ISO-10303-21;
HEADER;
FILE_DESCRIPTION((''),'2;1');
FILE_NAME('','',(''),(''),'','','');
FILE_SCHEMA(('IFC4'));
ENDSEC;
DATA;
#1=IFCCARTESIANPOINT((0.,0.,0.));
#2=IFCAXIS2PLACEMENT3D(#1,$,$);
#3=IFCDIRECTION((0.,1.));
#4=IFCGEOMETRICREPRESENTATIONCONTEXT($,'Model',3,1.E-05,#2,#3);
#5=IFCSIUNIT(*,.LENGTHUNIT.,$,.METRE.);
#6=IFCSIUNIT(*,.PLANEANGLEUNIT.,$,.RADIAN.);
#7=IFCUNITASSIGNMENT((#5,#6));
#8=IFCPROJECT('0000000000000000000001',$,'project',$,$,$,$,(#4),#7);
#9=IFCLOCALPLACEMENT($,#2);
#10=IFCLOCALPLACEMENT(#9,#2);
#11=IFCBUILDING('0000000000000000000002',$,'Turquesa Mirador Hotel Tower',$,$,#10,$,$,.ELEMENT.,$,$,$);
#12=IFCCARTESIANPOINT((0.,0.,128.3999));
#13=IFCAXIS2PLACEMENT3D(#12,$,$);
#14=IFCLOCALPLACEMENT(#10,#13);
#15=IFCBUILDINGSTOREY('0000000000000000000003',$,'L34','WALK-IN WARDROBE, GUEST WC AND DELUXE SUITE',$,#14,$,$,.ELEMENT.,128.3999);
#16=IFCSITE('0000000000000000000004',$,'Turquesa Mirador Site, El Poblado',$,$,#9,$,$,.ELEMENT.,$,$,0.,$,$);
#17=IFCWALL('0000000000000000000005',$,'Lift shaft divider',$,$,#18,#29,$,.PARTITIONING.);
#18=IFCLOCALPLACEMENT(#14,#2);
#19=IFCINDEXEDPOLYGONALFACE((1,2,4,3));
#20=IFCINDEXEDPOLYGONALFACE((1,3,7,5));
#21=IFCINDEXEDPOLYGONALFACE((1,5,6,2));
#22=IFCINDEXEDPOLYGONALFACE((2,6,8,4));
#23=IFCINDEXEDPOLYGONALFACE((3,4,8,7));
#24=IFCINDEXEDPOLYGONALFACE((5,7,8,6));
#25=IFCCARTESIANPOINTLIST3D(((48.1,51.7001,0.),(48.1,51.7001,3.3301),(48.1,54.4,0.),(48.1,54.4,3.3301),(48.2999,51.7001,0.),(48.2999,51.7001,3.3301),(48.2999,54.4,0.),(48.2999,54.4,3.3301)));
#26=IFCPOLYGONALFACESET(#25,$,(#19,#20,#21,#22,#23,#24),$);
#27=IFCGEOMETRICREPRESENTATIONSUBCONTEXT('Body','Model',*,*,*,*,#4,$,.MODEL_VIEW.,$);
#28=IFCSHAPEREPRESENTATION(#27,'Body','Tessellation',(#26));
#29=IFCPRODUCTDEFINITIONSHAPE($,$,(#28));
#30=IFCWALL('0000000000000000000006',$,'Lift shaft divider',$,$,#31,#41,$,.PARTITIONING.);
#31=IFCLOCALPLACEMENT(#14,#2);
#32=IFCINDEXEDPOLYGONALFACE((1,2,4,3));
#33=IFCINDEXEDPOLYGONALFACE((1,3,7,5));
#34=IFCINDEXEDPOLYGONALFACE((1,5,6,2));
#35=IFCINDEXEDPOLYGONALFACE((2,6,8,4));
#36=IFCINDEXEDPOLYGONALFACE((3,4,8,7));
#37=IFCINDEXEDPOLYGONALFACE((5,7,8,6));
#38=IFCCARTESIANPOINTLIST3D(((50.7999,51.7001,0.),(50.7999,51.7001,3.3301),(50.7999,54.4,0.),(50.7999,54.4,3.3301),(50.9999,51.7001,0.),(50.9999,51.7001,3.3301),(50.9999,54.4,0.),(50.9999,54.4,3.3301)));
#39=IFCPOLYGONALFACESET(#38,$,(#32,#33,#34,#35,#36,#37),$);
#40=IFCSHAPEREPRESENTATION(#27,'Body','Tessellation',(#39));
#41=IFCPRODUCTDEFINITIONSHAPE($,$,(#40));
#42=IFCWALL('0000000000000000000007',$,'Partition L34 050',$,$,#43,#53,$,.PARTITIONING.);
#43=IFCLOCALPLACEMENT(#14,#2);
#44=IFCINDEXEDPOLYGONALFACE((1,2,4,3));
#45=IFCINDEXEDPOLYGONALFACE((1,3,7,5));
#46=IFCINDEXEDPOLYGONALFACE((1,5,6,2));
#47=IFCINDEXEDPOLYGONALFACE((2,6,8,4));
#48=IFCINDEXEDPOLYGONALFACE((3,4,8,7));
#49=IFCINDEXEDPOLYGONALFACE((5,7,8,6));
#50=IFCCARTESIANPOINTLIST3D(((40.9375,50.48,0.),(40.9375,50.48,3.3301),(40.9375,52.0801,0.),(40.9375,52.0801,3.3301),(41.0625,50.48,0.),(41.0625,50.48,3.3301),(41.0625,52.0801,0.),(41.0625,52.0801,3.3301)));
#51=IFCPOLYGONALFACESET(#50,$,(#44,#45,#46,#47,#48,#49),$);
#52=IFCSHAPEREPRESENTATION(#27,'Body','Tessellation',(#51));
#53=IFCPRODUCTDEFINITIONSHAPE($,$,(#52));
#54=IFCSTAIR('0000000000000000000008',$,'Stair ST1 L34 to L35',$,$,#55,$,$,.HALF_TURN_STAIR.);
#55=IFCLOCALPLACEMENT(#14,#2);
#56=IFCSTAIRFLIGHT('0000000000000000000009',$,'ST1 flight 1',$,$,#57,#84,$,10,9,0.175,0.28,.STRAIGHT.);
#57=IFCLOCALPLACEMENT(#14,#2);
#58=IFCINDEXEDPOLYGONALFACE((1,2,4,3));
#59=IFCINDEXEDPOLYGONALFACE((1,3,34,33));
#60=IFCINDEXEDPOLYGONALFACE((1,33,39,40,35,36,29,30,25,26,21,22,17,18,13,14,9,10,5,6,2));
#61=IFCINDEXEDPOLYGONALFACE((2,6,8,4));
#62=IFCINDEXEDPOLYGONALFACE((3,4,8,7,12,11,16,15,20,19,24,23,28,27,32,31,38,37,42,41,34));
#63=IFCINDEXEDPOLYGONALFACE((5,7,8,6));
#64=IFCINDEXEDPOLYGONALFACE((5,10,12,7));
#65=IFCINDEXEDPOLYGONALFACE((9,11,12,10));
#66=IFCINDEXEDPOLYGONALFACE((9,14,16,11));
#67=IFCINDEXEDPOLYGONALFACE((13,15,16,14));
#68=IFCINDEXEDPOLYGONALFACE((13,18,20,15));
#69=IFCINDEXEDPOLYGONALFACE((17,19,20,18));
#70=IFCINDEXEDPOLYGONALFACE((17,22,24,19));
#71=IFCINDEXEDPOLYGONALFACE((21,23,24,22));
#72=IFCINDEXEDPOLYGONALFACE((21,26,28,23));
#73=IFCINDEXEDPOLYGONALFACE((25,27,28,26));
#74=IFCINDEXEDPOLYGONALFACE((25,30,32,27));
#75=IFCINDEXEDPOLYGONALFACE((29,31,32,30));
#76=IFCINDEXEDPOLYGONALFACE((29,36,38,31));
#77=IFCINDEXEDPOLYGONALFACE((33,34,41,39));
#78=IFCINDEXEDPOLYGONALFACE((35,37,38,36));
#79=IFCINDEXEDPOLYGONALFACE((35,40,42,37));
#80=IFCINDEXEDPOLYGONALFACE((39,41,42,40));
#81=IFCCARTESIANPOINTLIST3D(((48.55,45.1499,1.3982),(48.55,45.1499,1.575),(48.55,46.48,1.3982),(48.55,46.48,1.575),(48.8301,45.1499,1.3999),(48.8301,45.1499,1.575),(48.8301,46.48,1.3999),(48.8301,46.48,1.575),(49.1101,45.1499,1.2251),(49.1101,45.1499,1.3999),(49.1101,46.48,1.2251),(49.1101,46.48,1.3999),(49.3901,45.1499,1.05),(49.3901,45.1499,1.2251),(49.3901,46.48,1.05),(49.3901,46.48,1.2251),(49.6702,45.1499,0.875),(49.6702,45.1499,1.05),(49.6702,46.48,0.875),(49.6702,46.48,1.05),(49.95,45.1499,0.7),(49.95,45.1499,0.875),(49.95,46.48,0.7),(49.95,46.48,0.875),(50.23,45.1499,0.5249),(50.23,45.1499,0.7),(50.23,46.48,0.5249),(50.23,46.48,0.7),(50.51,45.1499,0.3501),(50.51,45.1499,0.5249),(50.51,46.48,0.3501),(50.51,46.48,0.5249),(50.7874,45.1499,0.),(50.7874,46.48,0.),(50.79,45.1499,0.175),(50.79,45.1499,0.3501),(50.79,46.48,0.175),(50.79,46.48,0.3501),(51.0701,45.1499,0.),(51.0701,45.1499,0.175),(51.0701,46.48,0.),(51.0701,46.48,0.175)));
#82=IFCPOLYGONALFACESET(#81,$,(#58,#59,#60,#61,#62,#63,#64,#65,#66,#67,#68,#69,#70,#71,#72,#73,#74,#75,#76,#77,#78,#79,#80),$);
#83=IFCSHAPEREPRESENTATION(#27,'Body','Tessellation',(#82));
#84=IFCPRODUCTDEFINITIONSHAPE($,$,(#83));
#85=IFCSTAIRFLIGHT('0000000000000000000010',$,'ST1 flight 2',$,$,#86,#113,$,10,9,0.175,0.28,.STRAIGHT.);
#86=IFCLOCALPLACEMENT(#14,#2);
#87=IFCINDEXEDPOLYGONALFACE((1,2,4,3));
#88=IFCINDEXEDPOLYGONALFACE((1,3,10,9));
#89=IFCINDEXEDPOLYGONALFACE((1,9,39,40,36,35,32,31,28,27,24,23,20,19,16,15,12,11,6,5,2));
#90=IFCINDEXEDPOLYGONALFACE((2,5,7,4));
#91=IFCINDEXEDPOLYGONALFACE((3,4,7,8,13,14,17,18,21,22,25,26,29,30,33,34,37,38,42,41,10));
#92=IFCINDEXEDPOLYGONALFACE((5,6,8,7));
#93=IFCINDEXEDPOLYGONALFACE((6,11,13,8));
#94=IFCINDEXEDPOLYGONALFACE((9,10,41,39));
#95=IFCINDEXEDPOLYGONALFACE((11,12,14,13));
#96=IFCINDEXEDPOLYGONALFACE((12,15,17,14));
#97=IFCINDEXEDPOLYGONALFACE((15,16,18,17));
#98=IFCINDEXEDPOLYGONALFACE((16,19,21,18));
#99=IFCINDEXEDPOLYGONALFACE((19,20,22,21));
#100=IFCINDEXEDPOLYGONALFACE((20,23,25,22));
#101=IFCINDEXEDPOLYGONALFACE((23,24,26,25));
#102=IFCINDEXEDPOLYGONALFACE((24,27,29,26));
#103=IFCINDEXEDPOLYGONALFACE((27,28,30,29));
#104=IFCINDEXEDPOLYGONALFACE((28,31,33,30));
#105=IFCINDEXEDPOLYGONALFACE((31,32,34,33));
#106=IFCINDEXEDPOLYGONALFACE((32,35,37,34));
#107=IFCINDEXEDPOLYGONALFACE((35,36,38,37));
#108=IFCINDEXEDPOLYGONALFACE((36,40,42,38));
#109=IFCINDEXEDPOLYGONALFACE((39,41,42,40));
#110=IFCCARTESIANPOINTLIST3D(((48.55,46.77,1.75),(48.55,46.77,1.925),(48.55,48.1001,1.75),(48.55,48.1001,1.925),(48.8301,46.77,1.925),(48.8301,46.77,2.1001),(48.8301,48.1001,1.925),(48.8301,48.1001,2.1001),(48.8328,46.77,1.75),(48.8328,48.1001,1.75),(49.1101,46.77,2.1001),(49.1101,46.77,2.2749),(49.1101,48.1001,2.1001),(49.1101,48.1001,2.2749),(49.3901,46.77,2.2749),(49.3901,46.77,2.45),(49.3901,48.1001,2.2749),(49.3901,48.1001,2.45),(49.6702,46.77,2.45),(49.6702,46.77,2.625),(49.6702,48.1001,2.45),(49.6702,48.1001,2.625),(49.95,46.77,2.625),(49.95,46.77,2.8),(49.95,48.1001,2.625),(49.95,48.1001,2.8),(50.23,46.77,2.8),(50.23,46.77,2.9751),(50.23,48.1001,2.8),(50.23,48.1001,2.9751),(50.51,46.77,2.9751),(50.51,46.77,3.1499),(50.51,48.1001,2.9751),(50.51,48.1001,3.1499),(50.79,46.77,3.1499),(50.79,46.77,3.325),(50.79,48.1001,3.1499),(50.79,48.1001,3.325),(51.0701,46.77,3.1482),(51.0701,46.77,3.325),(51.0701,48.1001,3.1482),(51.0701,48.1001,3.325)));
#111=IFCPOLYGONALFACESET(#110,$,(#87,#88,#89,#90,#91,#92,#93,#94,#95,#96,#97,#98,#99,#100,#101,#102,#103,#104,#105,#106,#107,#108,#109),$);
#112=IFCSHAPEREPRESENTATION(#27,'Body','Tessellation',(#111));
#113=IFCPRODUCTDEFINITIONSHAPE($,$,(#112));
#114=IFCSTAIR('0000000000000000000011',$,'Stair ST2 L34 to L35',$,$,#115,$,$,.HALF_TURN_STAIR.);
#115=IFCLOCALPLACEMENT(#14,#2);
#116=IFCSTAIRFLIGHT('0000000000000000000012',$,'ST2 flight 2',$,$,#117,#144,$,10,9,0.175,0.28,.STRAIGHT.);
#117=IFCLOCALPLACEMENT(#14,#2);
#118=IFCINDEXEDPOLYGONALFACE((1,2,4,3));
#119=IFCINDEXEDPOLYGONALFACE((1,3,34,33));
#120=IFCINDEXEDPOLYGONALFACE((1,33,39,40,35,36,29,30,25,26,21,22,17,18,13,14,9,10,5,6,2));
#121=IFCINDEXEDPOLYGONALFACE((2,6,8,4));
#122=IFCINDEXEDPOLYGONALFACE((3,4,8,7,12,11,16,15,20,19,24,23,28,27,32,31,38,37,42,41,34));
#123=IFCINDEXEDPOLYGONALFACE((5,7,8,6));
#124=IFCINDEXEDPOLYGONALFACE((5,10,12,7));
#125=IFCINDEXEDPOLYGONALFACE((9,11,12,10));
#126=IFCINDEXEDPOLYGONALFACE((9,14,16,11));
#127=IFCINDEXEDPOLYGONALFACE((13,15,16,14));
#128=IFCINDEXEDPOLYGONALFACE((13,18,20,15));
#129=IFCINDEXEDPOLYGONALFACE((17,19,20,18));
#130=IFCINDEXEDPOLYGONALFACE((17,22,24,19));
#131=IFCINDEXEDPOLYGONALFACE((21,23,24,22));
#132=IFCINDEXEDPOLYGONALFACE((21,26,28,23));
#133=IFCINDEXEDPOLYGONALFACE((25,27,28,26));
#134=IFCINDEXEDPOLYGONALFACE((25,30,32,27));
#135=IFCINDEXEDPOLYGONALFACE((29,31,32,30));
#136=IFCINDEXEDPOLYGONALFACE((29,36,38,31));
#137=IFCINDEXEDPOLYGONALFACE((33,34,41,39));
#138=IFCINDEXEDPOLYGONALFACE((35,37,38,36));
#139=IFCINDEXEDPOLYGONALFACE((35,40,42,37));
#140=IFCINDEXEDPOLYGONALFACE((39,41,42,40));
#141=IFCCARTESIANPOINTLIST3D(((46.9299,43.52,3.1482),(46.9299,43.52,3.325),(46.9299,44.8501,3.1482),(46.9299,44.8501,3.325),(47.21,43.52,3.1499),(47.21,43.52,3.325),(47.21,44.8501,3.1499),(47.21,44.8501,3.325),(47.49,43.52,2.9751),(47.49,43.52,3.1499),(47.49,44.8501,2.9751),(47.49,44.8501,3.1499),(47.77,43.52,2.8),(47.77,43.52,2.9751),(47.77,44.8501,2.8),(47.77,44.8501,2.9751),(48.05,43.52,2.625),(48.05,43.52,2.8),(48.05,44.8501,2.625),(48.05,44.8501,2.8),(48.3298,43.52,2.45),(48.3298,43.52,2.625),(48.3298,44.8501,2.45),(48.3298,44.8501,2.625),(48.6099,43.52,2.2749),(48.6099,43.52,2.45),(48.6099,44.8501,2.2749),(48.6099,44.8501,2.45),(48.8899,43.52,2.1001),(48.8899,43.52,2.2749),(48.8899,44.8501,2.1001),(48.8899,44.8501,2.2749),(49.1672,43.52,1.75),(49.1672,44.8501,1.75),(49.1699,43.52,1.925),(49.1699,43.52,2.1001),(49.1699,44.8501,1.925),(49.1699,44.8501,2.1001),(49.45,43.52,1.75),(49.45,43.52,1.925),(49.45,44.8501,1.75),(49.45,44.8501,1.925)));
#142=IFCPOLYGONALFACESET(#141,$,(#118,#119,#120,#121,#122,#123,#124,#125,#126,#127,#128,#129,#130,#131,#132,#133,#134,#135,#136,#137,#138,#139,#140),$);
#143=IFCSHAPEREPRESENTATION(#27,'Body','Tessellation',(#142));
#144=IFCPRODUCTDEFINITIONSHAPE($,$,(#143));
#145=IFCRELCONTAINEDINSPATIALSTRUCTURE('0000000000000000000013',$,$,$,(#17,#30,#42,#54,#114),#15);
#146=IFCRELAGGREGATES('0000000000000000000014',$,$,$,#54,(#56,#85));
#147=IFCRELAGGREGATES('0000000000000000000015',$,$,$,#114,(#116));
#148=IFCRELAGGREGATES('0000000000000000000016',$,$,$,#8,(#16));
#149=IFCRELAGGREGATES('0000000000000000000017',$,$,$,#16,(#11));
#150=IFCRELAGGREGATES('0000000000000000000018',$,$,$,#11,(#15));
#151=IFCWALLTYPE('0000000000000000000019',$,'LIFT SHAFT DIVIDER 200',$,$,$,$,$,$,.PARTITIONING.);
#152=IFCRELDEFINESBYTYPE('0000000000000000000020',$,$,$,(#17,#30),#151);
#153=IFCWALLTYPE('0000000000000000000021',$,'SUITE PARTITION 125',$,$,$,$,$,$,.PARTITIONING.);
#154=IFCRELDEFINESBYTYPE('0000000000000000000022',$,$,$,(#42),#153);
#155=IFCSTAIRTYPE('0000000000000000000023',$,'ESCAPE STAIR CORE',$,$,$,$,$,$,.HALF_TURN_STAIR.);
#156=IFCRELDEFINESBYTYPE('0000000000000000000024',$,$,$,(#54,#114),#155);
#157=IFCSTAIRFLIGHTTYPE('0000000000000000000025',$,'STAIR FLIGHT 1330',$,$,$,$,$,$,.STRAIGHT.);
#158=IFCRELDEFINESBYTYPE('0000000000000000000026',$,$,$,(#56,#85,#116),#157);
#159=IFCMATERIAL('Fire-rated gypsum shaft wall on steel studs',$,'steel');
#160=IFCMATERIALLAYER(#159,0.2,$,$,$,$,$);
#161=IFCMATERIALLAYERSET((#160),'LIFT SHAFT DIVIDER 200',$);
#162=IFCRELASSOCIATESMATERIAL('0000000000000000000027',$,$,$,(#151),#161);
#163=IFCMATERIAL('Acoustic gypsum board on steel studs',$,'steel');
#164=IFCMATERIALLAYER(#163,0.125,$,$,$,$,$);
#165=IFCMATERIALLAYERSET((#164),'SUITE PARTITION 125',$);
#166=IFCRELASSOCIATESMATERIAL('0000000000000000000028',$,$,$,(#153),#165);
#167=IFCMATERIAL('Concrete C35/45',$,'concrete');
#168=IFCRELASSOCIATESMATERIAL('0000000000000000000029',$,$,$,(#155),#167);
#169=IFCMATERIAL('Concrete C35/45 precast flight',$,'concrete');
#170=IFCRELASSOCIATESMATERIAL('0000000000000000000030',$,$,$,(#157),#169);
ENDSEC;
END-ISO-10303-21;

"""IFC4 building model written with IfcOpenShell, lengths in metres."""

from ifc_helpers import new_model, si_unit, direction, frame, frame_2d, origin, place, context, subcontext, project, spatial, polyline, rectangle, outline, extrude, material, layer, layer_set, type_object, element, aggregate, save


model = new_model("IFC4")

# Units and contexts
model_context = context("Model", 3, precision=1e-05, world=origin(), true_north=direction((0.0, 1.0)))
body_context = subcontext(model_context, "Body", "Model", "MODEL_VIEW")
ifc_project = project(units=[si_unit("LENGTHUNIT", "METRE"), si_unit("PLANEANGLEUNIT", "RADIAN")], contexts=[model_context])

# Site, building, storey
site_placement = place(None, origin())
site = spatial("IfcSite", under=ifc_project, at=site_placement, Name="Turquesa Mirador Site, El Poblado", CompositionType="ELEMENT", RefElevation=0.0)
building_placement = place(site_placement, origin())
building = spatial("IfcBuilding", under=site, at=building_placement, Name="Turquesa Mirador Hotel Tower", CompositionType="ELEMENT")
storey_placement = place(building_placement, frame((0.0, 0.0, 128.3999)))
storey = spatial("IfcBuildingStorey", under=building, at=storey_placement, Name="L34", Description="WALK-IN WARDROBE, GUEST WC AND DELUXE SUITE", CompositionType="ELEMENT", Elevation=128.3999)

# Walls
ifc_material_1 = material(Name="Fire-rated gypsum shaft wall on steel studs", Category="steel")
ifc_layer_1 = layer(ifc_material_1, 0.2)
ifc_layer_set_1 = layer_set([ifc_layer_1], Name="LIFT SHAFT DIVIDER 200")
wall_type_1 = type_object("IfcWallType", Name="LIFT SHAFT DIVIDER 200", PredefinedType="PARTITIONING", material=ifc_layer_set_1)
for number, where, z_axis, x_axis, name in (
    (1, (48.2, 51.7, 0.0), (0.0, 0.0, 1.0), (0.0, 1.0, 0.0), "Lift shaft divider"),
    (2, (50.8999, 51.7, 0.0), (0.0, 0.0, 1.0), (0.0, 1.0, 0.0), "Lift shaft divider"),
):
    element("IfcWall", number, at=place(storey_placement, frame(where, z_axis=z_axis, x_axis=x_axis)), inside=storey, type_object=wall_type_1, Name=name, PredefinedType="PARTITIONING", context=body_context, shape_type="SweptSolid", body=[
        extrude(rectangle(XDim=2.7, YDim=0.2, at=frame_2d((1.3501, 0.0))), origin(), (0.0, 0.0, 1.0), 3.3301),
    ])
ifc_material_2 = material(Name="Acoustic gypsum board on steel studs", Category="steel")
ifc_layer_2 = layer(ifc_material_2, 0.125)
ifc_layer_set_2 = layer_set([ifc_layer_2], Name="SUITE PARTITION 125")
wall_type_2 = type_object("IfcWallType", Name="SUITE PARTITION 125", PredefinedType="PARTITIONING", material=ifc_layer_set_2)
wall_1_placement = place(storey_placement, frame((41.0, 50.48, 0.0), z_axis=(0.0, 0.0, 1.0), x_axis=(0.0, 1.0, 0.0)))
element("IfcWall", 3, at=wall_1_placement, inside=storey, type_object=wall_type_2, Name="Partition L34 050", PredefinedType="PARTITIONING", context=body_context, shape_type="SweptSolid", body=[
    extrude(rectangle(XDim=1.6001, YDim=0.125, at=frame_2d((0.8, 0.0))), origin(), (0.0, 0.0, 1.0), 3.3301),
])

# Stair, stair flights
ifc_material_3 = material(Name="Concrete C35/45", Category="concrete")
stair_type = type_object("IfcStairType", Name="ESCAPE STAIR CORE", PredefinedType="HALF_TURN_STAIR", material=ifc_material_3)
stair_1_placement = place(storey_placement, origin())
stair_1 = element("IfcStair", 4, at=stair_1_placement, inside=storey, type_object=stair_type, Name="Stair ST1 L34 to L35", PredefinedType="HALF_TURN_STAIR")
ifc_material_4 = material(Name="Concrete C35/45 precast flight", Category="concrete")
stair_flight_type = type_object("IfcStairFlightType", Name="STAIR FLIGHT 1330", PredefinedType="STRAIGHT", material=ifc_material_4)
stair_flight_1_placement = place(storey_placement, frame((51.0701, 45.8149, 0.0), z_axis=(0.0, 0.0, 1.0), x_axis=(-1.0, 0.0, 0.0)))
stair_flight_1 = element("IfcStairFlight", 5, at=stair_flight_1_placement, type_object=stair_flight_type, Name="ST1 flight 1", NumberOfRisers=10, NumberOfTreads=9, PredefinedType="STRAIGHT", RiserHeight=0.175, TreadLength=0.28, context=body_context, shape_type="SweptSolid", body=[
    extrude(outline(polyline([(0.0, 0.0), (0.0, 0.175), (0.28, 0.175), (0.28, 0.3501), (0.5601, 0.3501), (0.5601, 0.5249), (0.8401, 0.5249), (0.8401, 0.7), (1.1201, 0.7), (1.1201, 0.875), (1.3999, 0.875), (1.3999, 1.05), (1.6799, 1.05), (1.6799, 1.2251), (1.96, 1.2251), (1.96, 1.3999), (2.24, 1.3999), (2.24, 1.575), (2.52, 1.575), (2.52, 1.75), (2.52, 1.3982), (0.2827, 0.0), (0.0, 0.0)])), frame((0.0, 0.665, 0.0), z_axis=(0.0, -1.0, 0.0), x_axis=(1.0, 0.0, 0.0)), (0.0, 0.0, 1.0), 1.3301),
])
stair_flight_2_placement = place(storey_placement, frame((48.55, 47.4351, 1.75), z_axis=(0.0, 0.0, 1.0), x_axis=(1.0, 0.0, 0.0)))
stair_flight_2 = element("IfcStairFlight", 6, at=stair_flight_2_placement, type_object=stair_flight_type, Name="ST1 flight 2", NumberOfRisers=10, NumberOfTreads=9, PredefinedType="STRAIGHT", RiserHeight=0.175, TreadLength=0.28, context=body_context, shape_type="SweptSolid", body=[
    extrude(outline(polyline([(0.0, 0.0), (0.0, 0.175), (0.28, 0.175), (0.28, 0.3501), (0.5601, 0.3501), (0.5601, 0.5249), (0.8401, 0.5249), (0.8401, 0.7), (1.1201, 0.7), (1.1201, 0.875), (1.3999, 0.875), (1.3999, 1.05), (1.6799, 1.05), (1.6799, 1.2251), (1.96, 1.2251), (1.96, 1.3999), (2.24, 1.3999), (2.24, 1.575), (2.52, 1.575), (2.52, 1.75), (2.52, 1.3982), (0.2827, 0.0), (0.0, 0.0)])), frame((0.0, 0.665, 0.0), z_axis=(0.0, -1.0, 0.0), x_axis=(1.0, 0.0, 0.0)), (0.0, 0.0, 1.0), 1.3301),
])
aggregate(stair_1, [stair_flight_1, stair_flight_2])

# Stair, stair flight
stair_2_placement = place(storey_placement, origin())
stair_2 = element("IfcStair", 7, at=stair_2_placement, inside=storey, type_object=stair_type, Name="Stair ST2 L34 to L35", PredefinedType="HALF_TURN_STAIR")
stair_flight_3_placement = place(storey_placement, frame((49.45, 44.1851, 1.75), z_axis=(0.0, 0.0, 1.0), x_axis=(-1.0, 0.0, 0.0)))
stair_flight_3 = element("IfcStairFlight", 8, at=stair_flight_3_placement, type_object=stair_flight_type, Name="ST2 flight 2", NumberOfRisers=10, NumberOfTreads=9, PredefinedType="STRAIGHT", RiserHeight=0.175, TreadLength=0.28, context=body_context, shape_type="SweptSolid", body=[
    extrude(outline(polyline([(0.0, 0.0), (0.0, 0.175), (0.28, 0.175), (0.28, 0.3501), (0.5601, 0.3501), (0.5601, 0.5249), (0.8401, 0.5249), (0.8401, 0.7), (1.1201, 0.7), (1.1201, 0.875), (1.3999, 0.875), (1.3999, 1.05), (1.6799, 1.05), (1.6799, 1.2251), (1.96, 1.2251), (1.96, 1.3999), (2.24, 1.3999), (2.24, 1.575), (2.52, 1.575), (2.52, 1.75), (2.52, 1.3982), (0.2827, 0.0), (0.0, 0.0)])), frame((0.0, 0.665, 0.0), z_axis=(0.0, -1.0, 0.0), x_axis=(1.0, 0.0, 0.0)), (0.0, 0.0, 1.0), 1.3301),
])
aggregate(stair_2, [stair_flight_3])

save(model, "model.ifc")
